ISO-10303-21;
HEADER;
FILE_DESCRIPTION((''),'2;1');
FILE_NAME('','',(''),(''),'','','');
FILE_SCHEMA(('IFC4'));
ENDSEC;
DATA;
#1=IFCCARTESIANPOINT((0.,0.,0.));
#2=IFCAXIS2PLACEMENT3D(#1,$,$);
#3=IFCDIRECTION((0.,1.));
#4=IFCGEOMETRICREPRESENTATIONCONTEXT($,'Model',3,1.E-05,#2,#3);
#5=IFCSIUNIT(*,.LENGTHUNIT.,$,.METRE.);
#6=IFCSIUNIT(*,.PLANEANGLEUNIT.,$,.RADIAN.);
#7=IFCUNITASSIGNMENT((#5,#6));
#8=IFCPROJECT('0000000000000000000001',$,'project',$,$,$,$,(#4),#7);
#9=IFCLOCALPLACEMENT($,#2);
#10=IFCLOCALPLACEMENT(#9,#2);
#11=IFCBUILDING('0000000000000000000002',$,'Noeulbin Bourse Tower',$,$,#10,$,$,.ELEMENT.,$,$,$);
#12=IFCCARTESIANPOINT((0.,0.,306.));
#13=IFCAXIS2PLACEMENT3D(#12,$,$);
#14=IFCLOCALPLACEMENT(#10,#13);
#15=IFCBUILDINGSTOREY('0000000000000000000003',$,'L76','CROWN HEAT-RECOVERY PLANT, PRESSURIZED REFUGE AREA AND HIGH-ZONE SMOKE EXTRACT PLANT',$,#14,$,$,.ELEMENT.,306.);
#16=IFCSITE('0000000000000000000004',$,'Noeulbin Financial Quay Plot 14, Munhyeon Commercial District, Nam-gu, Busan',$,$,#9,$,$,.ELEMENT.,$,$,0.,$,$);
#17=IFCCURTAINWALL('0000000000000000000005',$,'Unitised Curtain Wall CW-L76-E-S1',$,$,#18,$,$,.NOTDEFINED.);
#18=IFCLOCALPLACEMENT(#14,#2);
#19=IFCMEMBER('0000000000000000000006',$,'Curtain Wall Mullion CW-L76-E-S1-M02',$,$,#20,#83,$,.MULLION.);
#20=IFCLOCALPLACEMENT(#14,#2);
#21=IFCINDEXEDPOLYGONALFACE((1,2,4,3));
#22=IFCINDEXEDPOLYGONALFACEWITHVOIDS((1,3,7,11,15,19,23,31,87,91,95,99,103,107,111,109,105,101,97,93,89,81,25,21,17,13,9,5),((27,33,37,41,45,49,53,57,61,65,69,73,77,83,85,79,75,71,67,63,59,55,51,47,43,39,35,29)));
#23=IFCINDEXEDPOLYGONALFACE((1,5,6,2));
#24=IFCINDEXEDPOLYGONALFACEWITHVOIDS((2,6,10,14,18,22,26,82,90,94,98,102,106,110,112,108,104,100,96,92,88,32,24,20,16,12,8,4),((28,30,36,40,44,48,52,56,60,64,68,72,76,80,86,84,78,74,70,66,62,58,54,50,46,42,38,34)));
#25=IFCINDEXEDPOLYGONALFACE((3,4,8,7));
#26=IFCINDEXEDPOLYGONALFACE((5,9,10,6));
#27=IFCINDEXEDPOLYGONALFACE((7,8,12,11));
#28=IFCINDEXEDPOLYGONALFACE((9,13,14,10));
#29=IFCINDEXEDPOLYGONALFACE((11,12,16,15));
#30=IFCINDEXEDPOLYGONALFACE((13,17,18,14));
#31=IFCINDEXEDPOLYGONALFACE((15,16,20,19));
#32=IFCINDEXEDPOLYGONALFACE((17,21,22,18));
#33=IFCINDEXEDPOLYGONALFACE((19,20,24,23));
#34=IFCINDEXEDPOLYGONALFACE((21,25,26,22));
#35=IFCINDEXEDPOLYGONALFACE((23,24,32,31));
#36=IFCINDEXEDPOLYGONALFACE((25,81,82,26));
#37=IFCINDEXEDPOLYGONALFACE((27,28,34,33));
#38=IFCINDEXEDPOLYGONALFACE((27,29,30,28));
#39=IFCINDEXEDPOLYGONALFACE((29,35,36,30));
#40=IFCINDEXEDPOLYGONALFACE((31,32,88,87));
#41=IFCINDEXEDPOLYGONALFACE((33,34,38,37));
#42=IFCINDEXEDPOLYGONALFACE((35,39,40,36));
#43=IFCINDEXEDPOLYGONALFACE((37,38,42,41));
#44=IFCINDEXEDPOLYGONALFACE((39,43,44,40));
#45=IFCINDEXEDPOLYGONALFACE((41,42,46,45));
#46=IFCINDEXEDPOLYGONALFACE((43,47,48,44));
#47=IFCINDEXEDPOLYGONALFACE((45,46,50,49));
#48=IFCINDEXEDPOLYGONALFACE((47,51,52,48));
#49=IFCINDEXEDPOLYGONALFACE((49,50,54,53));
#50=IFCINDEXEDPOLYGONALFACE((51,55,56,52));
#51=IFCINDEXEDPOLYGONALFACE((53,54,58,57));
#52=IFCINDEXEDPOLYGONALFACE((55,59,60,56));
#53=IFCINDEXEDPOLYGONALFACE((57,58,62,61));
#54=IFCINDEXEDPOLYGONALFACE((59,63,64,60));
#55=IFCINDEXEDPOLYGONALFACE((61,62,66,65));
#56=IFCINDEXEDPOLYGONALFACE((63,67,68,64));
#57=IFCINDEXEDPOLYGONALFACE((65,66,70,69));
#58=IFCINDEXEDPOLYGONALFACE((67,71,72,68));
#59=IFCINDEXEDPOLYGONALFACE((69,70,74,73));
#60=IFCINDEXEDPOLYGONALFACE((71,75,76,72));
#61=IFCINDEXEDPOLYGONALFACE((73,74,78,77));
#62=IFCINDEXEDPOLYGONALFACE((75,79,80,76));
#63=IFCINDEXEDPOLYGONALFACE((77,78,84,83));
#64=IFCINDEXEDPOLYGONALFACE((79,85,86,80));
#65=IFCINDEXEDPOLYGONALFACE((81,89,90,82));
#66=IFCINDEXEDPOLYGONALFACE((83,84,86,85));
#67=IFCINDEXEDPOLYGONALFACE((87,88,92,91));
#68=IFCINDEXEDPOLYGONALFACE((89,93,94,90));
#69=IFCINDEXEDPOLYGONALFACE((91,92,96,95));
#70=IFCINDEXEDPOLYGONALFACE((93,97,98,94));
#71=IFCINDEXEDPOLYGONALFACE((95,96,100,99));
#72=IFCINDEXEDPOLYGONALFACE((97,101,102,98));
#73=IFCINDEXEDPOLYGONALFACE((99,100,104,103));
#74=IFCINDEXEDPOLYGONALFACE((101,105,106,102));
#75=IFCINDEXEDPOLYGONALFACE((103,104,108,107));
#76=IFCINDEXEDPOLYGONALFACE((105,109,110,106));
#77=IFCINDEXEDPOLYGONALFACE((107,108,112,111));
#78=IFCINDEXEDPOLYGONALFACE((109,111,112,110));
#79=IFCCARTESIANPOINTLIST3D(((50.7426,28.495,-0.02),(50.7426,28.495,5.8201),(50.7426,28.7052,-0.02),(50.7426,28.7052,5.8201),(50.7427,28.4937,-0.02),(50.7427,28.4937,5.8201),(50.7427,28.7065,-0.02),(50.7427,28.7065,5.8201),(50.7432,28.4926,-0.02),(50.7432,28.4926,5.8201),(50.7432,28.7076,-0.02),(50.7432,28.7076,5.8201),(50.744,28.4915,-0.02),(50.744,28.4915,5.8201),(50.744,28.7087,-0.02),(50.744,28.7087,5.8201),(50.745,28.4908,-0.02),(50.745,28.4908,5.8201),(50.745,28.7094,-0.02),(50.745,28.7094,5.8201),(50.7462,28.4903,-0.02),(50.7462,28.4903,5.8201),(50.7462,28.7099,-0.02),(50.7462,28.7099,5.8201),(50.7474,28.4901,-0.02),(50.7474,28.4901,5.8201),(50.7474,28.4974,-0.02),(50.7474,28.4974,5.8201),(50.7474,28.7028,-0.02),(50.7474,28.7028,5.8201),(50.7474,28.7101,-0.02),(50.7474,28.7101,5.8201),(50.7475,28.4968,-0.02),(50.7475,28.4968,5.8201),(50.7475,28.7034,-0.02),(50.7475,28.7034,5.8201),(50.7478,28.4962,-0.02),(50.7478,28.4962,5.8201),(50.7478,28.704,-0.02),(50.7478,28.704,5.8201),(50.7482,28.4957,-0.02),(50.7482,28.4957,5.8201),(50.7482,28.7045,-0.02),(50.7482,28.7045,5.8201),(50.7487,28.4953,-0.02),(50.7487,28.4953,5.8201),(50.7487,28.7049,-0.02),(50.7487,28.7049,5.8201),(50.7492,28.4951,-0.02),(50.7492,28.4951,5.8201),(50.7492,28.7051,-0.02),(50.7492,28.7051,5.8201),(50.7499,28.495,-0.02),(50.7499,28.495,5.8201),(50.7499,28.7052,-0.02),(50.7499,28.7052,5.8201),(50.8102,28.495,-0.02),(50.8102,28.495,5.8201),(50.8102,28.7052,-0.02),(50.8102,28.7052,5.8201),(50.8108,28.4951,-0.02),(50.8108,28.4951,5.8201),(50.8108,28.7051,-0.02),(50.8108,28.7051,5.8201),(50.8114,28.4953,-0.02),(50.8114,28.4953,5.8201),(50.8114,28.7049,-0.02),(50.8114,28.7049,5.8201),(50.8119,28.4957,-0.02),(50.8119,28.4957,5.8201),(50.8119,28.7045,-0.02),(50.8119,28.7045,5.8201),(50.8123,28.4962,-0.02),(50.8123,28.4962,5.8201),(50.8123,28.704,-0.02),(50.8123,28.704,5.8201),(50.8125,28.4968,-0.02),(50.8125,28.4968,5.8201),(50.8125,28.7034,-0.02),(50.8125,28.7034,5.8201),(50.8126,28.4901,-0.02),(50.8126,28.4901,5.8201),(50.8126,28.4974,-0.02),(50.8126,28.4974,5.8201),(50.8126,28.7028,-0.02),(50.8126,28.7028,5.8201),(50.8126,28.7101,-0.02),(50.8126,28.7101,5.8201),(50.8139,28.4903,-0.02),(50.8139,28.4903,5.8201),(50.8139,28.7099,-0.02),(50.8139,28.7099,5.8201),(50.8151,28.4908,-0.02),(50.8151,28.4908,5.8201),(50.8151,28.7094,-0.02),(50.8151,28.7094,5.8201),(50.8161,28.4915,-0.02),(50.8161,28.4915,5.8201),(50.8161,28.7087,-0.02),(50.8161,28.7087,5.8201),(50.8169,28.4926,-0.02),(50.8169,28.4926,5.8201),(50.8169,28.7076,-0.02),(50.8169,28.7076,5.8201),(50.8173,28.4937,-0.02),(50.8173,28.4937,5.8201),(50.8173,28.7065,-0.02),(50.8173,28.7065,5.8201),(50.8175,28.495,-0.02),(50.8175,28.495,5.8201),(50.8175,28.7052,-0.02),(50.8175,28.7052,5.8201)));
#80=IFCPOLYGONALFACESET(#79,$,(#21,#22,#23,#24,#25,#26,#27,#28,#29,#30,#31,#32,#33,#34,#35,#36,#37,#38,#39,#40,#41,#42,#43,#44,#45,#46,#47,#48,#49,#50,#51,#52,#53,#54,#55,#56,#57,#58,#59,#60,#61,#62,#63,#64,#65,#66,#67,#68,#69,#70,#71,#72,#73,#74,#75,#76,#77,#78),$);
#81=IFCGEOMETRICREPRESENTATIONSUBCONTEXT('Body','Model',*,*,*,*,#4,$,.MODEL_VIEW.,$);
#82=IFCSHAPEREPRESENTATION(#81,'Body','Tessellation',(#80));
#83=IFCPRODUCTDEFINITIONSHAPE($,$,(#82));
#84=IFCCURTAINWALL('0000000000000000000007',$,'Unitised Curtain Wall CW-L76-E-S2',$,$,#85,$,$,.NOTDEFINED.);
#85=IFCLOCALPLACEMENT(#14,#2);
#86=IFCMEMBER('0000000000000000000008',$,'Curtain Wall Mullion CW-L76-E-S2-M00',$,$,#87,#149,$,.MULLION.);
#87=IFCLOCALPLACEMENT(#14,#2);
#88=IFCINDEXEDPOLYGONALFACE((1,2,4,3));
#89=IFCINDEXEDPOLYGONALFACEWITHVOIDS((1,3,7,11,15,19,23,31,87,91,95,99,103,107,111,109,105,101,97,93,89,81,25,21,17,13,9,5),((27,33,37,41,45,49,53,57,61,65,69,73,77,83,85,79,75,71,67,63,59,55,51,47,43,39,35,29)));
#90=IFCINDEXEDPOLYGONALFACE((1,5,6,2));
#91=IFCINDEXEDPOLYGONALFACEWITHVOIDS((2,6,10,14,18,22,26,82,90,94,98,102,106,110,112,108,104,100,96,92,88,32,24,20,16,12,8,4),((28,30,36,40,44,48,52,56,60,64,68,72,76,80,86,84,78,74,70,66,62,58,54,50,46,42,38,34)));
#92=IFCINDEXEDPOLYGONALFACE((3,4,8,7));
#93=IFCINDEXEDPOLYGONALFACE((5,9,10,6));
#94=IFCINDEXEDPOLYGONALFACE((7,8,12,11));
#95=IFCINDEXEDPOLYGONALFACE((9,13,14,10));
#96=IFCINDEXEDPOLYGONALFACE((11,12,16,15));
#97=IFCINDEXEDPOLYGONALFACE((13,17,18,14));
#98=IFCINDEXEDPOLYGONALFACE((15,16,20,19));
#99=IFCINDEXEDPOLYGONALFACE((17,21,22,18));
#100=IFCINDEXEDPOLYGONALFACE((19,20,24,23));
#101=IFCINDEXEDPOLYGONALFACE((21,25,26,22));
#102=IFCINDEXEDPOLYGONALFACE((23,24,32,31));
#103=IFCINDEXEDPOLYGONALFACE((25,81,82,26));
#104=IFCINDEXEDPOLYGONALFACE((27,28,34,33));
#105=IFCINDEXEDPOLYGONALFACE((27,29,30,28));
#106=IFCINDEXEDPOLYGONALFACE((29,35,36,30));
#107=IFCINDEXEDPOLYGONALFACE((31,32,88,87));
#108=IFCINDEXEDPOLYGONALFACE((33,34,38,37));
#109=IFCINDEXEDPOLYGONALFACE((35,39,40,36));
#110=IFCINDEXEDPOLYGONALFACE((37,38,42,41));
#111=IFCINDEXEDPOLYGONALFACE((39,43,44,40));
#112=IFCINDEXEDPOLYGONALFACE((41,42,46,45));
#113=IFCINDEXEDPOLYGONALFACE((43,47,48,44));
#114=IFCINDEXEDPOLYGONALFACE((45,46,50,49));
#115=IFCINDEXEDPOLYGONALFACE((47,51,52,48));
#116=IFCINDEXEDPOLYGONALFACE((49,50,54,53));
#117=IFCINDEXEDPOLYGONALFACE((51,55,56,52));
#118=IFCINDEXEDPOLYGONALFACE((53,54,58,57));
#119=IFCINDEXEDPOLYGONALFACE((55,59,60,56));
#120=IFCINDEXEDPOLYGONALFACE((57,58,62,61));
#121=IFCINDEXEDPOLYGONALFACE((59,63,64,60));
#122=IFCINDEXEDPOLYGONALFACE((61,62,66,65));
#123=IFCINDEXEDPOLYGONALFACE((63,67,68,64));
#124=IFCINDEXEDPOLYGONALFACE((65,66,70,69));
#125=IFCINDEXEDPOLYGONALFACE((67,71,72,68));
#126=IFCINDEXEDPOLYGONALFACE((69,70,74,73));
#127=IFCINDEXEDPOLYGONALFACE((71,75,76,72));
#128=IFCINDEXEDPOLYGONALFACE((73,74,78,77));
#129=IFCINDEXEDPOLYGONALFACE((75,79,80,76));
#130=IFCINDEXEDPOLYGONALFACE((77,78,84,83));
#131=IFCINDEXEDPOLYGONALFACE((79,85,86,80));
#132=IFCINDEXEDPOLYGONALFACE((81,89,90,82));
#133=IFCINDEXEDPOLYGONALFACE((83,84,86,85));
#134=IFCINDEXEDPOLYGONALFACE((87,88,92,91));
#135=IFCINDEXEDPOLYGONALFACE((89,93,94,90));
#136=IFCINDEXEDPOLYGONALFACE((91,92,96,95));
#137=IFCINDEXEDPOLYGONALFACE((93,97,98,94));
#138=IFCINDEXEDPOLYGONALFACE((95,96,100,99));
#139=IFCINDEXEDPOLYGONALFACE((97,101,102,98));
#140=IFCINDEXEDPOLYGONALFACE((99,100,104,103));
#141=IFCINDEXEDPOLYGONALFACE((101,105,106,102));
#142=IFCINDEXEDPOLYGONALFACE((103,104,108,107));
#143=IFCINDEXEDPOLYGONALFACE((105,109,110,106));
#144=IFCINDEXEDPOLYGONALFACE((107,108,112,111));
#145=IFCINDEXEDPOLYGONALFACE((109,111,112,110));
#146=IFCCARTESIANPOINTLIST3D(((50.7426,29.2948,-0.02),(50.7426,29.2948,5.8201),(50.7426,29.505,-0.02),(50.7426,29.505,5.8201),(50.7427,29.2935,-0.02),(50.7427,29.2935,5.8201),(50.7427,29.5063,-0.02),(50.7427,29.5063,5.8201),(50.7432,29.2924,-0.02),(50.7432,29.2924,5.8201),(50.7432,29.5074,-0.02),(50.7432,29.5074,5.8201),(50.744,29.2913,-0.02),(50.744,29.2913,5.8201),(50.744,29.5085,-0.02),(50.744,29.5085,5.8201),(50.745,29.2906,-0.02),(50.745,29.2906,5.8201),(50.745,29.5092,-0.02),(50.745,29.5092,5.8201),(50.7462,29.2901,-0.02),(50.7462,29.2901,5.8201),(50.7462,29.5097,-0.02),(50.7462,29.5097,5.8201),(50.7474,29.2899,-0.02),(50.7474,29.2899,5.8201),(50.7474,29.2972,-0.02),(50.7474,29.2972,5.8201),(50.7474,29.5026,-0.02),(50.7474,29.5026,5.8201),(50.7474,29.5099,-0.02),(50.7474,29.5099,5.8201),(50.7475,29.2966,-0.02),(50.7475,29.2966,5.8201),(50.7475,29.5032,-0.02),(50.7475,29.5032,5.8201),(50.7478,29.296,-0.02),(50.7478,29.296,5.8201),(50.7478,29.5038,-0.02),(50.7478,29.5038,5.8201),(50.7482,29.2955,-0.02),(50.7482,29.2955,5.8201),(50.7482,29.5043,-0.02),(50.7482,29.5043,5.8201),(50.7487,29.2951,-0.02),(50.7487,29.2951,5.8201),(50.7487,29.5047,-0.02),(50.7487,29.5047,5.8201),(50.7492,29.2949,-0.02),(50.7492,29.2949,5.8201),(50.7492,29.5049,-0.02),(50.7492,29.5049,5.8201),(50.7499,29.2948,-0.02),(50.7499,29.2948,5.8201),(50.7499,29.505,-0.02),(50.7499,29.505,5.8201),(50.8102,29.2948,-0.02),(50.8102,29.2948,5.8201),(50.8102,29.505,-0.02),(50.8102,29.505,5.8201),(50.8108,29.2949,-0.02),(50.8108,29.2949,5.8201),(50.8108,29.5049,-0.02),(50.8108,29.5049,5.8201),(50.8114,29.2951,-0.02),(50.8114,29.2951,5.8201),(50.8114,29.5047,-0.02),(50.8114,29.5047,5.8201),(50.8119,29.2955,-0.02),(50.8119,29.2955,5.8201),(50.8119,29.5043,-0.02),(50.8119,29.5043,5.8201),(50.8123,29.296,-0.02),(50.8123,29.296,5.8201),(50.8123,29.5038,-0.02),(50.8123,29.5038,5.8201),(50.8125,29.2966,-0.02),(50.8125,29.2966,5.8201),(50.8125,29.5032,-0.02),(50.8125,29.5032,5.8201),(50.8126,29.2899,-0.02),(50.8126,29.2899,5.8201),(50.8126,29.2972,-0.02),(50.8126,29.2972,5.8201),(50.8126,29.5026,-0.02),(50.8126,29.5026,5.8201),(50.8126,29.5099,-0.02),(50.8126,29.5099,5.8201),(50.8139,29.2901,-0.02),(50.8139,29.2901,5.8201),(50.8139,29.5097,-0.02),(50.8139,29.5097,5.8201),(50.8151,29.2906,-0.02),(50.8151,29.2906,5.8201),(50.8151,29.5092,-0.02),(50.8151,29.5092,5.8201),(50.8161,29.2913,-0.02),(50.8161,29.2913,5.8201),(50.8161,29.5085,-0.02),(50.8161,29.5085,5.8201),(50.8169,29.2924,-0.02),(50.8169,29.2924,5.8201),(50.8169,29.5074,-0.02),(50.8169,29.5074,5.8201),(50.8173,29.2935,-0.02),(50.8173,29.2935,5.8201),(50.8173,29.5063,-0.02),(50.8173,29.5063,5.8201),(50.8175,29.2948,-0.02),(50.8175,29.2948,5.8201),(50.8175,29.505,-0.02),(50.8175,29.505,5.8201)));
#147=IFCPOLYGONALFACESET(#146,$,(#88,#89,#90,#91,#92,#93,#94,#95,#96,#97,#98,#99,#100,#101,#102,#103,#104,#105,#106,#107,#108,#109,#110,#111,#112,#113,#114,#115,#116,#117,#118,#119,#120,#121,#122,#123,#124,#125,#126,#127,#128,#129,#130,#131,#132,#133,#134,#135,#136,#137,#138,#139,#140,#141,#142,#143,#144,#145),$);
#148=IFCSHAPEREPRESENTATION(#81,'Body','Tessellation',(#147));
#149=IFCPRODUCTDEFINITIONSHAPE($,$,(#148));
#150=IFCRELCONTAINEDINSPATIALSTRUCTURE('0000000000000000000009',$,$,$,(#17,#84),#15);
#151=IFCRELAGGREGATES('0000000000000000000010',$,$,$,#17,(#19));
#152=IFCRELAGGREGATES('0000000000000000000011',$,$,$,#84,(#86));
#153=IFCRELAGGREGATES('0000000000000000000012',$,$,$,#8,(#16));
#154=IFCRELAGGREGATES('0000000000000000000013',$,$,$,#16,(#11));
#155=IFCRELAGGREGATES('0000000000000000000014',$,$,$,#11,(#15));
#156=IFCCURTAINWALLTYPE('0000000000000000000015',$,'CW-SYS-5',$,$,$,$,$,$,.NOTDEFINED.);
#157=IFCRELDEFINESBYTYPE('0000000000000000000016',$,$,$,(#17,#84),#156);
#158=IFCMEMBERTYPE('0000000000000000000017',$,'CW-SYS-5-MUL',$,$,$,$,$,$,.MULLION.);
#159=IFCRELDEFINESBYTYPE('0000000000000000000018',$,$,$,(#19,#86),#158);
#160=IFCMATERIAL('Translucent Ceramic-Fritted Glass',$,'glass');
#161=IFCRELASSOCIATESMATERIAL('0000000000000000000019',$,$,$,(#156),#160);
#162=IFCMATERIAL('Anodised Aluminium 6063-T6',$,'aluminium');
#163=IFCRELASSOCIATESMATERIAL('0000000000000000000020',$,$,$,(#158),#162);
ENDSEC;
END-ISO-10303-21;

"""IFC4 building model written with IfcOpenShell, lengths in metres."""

from ifc_helpers import new_model, si_unit, direction, frame, origin, origin_2d, place, context, subcontext, project, spatial, hollow_rectangle, extrude, material, material_profile, profile_set, type_object, element, aggregate, save


model = new_model("IFC4")

# Units and contexts
model_context = context("Model", 3, precision=1e-05, world=origin(), true_north=direction((0.0, 1.0)))
body_context = subcontext(model_context, "Body", "Model", "MODEL_VIEW")
ifc_project = project(units=[si_unit("LENGTHUNIT", "METRE"), si_unit("PLANEANGLEUNIT", "RADIAN")], contexts=[model_context])

# Site, building, storey
site_placement = place(None, origin())
site = spatial("IfcSite", under=ifc_project, at=site_placement, Name="Noeulbin Financial Quay Plot 14, Munhyeon Commercial District, Nam-gu, Busan", CompositionType="ELEMENT", RefElevation=0.0)
building_placement = place(site_placement, origin())
building = spatial("IfcBuilding", under=site, at=building_placement, Name="Noeulbin Bourse Tower", CompositionType="ELEMENT")
storey_placement = place(building_placement, frame((0.0, 0.0, 306.0)))
storey = spatial("IfcBuildingStorey", under=building, at=storey_placement, Name="L76", Description="CROWN HEAT-RECOVERY PLANT, PRESSURIZED REFUGE AREA AND HIGH-ZONE SMOKE EXTRACT PLANT", CompositionType="ELEMENT", Elevation=306.0)

# Curtain wall, member
ifc_material_1 = material(Name="Translucent Ceramic-Fritted Glass", Category="glass")
curtain_wall_type = type_object("IfcCurtainWallType", Name="CW-SYS-5", PredefinedType="NOTDEFINED", material=ifc_material_1)
ifc_material_2 = material(Name="Anodised Aluminium 6063-T6", Category="aluminium")
ifc_material_profile_1 = material_profile(ifc_material_2, hollow_rectangle(XDim=0.075, YDim=0.22, WallThickness=0.0049, InnerFilletRadius=0.0024, OuterFilletRadius=0.0049, at=origin_2d()), Name="ALU-MULL-75x220x5", Category="LoadBearing")
ifc_profile_set_1 = profile_set([ifc_material_profile_1], Name="Anodised Aluminium 6063-T6")
member_type_1 = type_object("IfcMemberType", Name="CW-SYS-5-MUL", PredefinedType="MULLION", material=ifc_profile_set_1)
curtain_wall_1_placement = place(storey_placement, origin())
curtain_wall_1 = element("IfcCurtainWall", 1, at=curtain_wall_1_placement, inside=storey, type_object=curtain_wall_type, Name="Unitised Curtain Wall CW-L76-E-S1", PredefinedType="NOTDEFINED")
member_1_placement = place(storey_placement, frame((50.78, 28.6001, -0.02), z_axis=(0.0, 0.0, 1.0), x_axis=(1.0, 0.0, 0.0)))
member_1 = element("IfcMember", 2, at=member_1_placement, type_object=member_type_1, Name="Curtain Wall Mullion CW-L76-E-S1-M02", PredefinedType="MULLION", context=body_context, shape_type="SweptSolid", body=[
    extrude(hollow_rectangle(XDim=0.075, YDim=0.22, WallThickness=0.0049, InnerFilletRadius=0.0024, OuterFilletRadius=0.0049, at=origin_2d()), origin(), (0.0, 0.0, 1.0), 5.8401),
])

# Curtain wall, member
curtain_wall_2_placement = place(storey_placement, origin())
curtain_wall_2 = element("IfcCurtainWall", 3, at=curtain_wall_2_placement, inside=storey, type_object=curtain_wall_type, Name="Unitised Curtain Wall CW-L76-E-S2", PredefinedType="NOTDEFINED")
member_2_placement = place(storey_placement, frame((50.78, 29.3999, -0.02), z_axis=(0.0, 0.0, 1.0), x_axis=(1.0, 0.0, 0.0)))
member_2 = element("IfcMember", 4, at=member_2_placement, type_object=member_type_1, Name="Curtain Wall Mullion CW-L76-E-S2-M00", PredefinedType="MULLION", context=body_context, shape_type="SweptSolid", body=[
    extrude(hollow_rectangle(XDim=0.075, YDim=0.22, WallThickness=0.0049, InnerFilletRadius=0.0024, OuterFilletRadius=0.0049, at=origin_2d()), origin(), (0.0, 0.0, 1.0), 5.8401),
])

aggregate(curtain_wall_1, [member_1])
aggregate(curtain_wall_2, [member_2])

save(model, "model.ifc")
